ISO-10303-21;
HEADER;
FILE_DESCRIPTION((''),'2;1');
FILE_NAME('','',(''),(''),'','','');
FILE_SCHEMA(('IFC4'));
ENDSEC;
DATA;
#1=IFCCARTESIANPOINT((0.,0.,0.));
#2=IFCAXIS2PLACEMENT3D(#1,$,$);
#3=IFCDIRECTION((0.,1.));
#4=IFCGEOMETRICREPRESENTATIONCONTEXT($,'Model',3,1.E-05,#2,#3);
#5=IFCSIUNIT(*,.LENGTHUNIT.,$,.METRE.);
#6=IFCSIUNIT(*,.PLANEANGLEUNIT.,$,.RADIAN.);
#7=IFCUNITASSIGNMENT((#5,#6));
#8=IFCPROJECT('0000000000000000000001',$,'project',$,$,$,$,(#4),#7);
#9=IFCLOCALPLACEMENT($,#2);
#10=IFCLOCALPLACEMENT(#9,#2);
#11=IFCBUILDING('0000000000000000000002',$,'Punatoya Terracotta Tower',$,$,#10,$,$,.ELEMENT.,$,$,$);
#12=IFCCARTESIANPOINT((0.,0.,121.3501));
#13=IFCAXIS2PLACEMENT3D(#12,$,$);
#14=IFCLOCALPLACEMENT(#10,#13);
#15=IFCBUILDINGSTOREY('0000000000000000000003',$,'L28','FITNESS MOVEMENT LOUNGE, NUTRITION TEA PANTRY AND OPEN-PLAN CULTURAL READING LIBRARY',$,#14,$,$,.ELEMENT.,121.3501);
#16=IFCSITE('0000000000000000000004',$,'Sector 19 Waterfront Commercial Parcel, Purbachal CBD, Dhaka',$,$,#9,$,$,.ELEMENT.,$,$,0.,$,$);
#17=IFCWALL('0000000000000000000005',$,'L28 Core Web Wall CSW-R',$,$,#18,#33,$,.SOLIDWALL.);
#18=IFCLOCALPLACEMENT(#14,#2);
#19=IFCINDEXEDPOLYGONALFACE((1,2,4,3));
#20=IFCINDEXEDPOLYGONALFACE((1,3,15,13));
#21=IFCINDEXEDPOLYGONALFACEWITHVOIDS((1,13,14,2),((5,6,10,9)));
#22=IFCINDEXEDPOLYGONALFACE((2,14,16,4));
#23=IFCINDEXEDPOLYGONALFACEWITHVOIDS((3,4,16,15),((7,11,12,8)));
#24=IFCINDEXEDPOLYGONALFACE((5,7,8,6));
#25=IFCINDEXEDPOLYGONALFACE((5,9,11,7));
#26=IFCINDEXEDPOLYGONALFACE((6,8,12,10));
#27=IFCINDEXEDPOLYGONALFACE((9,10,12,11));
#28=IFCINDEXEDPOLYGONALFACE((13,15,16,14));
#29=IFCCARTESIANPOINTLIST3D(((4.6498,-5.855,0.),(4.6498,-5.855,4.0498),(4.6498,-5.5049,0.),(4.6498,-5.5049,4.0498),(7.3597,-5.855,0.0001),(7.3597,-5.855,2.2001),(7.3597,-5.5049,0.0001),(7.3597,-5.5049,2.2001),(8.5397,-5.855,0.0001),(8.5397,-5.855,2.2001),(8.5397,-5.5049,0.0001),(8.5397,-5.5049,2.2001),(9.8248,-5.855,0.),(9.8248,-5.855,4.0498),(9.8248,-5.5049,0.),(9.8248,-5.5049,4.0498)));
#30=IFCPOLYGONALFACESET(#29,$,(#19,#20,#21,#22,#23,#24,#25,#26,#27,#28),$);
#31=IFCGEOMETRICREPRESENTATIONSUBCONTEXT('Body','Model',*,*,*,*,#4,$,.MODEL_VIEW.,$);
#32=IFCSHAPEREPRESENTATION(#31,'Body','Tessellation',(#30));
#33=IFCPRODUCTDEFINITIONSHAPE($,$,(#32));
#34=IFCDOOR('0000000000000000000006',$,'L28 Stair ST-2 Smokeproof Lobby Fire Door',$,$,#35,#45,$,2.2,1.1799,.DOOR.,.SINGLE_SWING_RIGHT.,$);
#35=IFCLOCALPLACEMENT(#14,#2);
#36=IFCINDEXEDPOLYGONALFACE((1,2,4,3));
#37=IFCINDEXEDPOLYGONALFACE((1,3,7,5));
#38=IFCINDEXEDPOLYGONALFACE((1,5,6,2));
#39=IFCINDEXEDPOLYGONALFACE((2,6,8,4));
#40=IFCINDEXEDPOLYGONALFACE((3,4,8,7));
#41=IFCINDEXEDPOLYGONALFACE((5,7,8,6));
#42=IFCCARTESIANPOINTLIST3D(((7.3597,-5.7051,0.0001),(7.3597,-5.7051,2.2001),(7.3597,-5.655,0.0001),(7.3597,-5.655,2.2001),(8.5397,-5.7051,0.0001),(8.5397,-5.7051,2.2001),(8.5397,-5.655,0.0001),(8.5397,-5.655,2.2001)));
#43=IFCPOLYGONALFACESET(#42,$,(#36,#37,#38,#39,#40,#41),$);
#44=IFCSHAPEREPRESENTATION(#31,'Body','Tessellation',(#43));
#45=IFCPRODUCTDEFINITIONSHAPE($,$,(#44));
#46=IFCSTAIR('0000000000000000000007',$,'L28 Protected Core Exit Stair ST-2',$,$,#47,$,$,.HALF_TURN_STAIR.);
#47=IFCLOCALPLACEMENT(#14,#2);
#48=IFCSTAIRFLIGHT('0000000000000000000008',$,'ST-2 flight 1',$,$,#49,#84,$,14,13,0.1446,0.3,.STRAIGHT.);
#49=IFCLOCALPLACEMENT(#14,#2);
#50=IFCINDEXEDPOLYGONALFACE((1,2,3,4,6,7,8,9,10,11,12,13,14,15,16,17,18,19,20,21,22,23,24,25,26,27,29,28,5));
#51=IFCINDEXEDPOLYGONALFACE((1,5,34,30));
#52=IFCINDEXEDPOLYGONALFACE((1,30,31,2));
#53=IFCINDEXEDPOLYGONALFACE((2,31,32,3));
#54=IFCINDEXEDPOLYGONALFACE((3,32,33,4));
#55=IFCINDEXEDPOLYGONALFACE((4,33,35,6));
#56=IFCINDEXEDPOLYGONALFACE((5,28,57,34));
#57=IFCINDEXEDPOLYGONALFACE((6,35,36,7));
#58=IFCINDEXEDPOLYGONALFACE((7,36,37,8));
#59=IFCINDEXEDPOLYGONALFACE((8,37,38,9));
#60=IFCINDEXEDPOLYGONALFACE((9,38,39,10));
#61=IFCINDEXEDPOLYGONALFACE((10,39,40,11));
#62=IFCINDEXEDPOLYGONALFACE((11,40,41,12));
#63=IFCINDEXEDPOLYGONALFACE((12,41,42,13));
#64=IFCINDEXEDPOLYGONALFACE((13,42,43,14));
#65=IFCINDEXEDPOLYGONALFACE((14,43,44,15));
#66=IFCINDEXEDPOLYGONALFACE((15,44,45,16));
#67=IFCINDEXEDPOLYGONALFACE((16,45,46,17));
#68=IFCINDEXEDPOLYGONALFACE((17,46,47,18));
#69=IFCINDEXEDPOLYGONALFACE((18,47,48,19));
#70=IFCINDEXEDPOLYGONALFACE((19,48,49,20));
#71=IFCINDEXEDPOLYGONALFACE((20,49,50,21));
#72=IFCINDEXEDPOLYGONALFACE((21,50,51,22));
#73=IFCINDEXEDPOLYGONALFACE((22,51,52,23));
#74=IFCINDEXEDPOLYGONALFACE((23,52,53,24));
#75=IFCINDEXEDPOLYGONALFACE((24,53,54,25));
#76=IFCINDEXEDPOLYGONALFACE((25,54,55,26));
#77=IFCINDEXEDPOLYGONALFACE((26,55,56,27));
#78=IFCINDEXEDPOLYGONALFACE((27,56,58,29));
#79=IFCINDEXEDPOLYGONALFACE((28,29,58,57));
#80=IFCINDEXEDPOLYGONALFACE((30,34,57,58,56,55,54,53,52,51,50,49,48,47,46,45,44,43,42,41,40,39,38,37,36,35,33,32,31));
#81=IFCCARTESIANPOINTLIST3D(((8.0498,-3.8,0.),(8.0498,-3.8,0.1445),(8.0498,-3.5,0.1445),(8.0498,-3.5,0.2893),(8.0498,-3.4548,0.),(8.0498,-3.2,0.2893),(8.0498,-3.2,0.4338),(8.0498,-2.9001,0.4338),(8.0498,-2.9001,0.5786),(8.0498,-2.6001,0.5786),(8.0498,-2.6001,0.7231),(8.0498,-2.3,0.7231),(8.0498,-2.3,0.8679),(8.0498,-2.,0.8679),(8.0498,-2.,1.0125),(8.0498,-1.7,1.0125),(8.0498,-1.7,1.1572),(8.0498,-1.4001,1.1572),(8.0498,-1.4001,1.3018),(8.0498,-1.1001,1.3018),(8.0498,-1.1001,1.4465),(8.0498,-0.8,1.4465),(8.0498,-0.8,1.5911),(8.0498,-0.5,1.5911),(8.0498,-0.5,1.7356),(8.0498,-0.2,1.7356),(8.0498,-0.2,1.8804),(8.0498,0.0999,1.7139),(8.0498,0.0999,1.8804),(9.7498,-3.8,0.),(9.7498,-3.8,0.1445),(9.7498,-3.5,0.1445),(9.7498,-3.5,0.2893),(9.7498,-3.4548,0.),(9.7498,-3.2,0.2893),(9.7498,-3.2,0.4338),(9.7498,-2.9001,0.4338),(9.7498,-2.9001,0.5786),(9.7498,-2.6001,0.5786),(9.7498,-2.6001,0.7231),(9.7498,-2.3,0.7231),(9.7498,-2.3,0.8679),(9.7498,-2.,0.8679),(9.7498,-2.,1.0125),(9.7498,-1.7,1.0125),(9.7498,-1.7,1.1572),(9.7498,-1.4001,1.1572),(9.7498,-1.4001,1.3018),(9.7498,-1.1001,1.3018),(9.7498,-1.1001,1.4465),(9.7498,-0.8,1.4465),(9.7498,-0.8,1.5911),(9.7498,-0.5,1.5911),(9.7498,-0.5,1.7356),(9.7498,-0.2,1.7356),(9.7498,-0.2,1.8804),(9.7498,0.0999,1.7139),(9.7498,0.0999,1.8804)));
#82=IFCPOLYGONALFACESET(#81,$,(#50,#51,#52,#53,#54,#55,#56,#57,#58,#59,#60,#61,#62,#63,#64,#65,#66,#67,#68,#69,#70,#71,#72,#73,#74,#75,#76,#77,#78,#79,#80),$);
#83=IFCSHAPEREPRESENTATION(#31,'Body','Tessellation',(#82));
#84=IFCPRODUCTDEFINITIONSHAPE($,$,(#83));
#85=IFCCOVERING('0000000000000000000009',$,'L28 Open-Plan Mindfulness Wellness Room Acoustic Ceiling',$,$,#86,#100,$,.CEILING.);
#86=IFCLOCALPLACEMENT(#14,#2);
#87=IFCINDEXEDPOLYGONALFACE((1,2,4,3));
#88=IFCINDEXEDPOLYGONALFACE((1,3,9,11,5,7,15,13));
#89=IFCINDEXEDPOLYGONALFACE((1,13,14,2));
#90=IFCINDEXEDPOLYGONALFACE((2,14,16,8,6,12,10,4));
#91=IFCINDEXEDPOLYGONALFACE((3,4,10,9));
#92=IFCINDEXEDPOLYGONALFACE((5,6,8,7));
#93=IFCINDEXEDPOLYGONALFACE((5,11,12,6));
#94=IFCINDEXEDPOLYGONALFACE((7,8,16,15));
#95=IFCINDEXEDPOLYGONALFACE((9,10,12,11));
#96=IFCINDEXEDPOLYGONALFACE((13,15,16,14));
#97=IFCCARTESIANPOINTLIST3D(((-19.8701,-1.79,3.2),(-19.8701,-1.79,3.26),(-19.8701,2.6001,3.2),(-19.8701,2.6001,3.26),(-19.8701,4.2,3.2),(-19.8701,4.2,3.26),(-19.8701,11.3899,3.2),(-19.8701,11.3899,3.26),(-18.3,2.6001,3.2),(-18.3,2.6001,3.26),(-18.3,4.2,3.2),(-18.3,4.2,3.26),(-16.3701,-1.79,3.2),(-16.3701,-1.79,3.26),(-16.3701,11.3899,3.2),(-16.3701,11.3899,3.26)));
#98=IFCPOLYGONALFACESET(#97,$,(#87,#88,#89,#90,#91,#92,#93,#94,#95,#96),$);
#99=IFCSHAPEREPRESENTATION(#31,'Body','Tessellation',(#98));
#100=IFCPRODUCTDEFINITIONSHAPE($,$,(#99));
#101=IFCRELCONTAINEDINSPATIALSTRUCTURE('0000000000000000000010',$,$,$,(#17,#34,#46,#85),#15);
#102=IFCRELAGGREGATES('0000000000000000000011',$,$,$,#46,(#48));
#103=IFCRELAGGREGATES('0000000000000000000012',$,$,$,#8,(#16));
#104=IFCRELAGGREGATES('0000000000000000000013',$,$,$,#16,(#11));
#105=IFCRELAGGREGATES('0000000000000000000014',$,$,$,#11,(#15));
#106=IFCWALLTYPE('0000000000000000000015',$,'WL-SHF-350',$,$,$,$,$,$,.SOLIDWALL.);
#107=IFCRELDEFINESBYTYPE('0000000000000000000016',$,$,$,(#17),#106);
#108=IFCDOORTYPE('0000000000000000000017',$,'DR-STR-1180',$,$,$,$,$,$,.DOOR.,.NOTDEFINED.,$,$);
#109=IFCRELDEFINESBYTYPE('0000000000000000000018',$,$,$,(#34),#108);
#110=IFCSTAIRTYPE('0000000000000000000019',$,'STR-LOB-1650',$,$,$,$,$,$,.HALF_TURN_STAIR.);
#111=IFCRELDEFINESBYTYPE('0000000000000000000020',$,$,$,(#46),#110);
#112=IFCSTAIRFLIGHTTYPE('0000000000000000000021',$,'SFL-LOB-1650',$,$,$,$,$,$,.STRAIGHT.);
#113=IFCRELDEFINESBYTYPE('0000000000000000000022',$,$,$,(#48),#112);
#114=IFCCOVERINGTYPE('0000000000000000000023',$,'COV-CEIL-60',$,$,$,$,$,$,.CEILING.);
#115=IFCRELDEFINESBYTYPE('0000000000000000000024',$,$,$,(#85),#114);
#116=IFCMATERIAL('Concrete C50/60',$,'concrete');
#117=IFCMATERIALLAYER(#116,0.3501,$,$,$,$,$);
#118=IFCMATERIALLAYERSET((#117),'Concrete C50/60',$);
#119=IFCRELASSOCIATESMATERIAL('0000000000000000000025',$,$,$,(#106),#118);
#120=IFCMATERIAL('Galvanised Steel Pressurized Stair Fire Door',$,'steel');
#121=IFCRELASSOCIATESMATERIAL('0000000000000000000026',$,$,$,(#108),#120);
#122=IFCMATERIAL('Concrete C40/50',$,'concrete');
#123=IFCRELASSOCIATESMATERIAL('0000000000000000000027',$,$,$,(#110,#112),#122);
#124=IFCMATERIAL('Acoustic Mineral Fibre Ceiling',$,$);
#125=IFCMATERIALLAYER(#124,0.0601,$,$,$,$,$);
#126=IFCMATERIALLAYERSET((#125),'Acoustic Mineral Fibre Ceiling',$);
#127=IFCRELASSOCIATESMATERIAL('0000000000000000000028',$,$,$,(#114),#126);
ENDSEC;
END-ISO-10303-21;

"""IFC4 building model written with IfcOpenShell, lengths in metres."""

from ifc_helpers import new_model, si_unit, direction, frame, frame_2d, origin, place, context, subcontext, project, spatial, polyline, rectangle, outline, extrude, material, layer, layer_set, type_object, element, fill, aggregate, save


model = new_model("IFC4")

# Units and contexts
model_context = context("Model", 3, precision=1e-05, world=origin(), true_north=direction((0.0, 1.0)))
body_context = subcontext(model_context, "Body", "Model", "MODEL_VIEW")
ifc_project = project(units=[si_unit("LENGTHUNIT", "METRE"), si_unit("PLANEANGLEUNIT", "RADIAN")], contexts=[model_context])

# Site, building, storey
site_placement = place(None, origin())
site = spatial("IfcSite", under=ifc_project, at=site_placement, Name="Sector 19 Waterfront Commercial Parcel, Purbachal CBD, Dhaka", CompositionType="ELEMENT", RefElevation=0.0)
building_placement = place(site_placement, origin())
building = spatial("IfcBuilding", under=site, at=building_placement, Name="Punatoya Terracotta Tower", CompositionType="ELEMENT")
storey_placement = place(building_placement, frame((0.0, 0.0, 121.3501)))
storey = spatial("IfcBuildingStorey", under=building, at=storey_placement, Name="L28", Description="FITNESS MOVEMENT LOUNGE, NUTRITION TEA PANTRY AND OPEN-PLAN CULTURAL READING LIBRARY", CompositionType="ELEMENT", Elevation=121.3501)

# Shared definitions
ifc_material_1 = material(Name="Concrete C40/50", Category="concrete")

# Wall, opening, door
ifc_material_2 = material(Name="Concrete C50/60", Category="concrete")
ifc_layer_1 = layer(ifc_material_2, 0.3501)
ifc_layer_set_1 = layer_set([ifc_layer_1], Name="Concrete C50/60")
wall_type_1 = type_object("IfcWallType", Name="WL-SHF-350", PredefinedType="SOLIDWALL", material=ifc_layer_set_1)
wall_1_placement = place(storey_placement, frame((4.6499, -5.6799, 0.0), z_axis=(0.0, 0.0, 1.0), x_axis=(1.0, 0.0, 0.0)))
wall_1 = element("IfcWall", 1, at=wall_1_placement, inside=storey, type_object=wall_type_1, Name="L28 Core Web Wall CSW-R", PredefinedType="SOLIDWALL", context=body_context, shape_type="SweptSolid", body=[
    extrude(rectangle(XDim=5.175, YDim=0.3501, at=frame_2d((2.5874, 0.0))), origin(), (0.0, 0.0, 1.0), 4.0498),
])
opening_1_placement = place(wall_1_placement, frame((2.71, 0.0, 0.0)))
opening_1 = element("IfcOpeningElement", 2, at=opening_1_placement, cuts=wall_1, PredefinedType="OPENING", context=body_context, shape_type="SweptSolid", body=[
    extrude(rectangle(XDim=1.1799, YDim=2.2, at=frame_2d((0.5898, 1.1001))), frame((0.0, 0.1851, 0.0), z_axis=(0.0, -1.0, 0.0), x_axis=(1.0, 0.0, 0.0)), (0.0, 0.0, 1.0), 0.3701),
])
ifc_material_3 = material(Name="Galvanised Steel Pressurized Stair Fire Door", Category="steel")
door_type_1 = type_object("IfcDoorType", Name="DR-STR-1180", OperationType="NOTDEFINED", PredefinedType="DOOR", material=ifc_material_3)
door_1_placement = place(opening_1_placement, origin())
door_1 = element("IfcDoor", 3, at=door_1_placement, inside=storey, type_object=door_type_1, Name="L28 Stair ST-2 Smokeproof Lobby Fire Door", OperationType="SINGLE_SWING_RIGHT", OverallHeight=2.2, OverallWidth=1.1799, PredefinedType="DOOR", context=body_context, shape_type="SweptSolid", body=[
    extrude(rectangle(XDim=1.1799, YDim=2.2, at=frame_2d((0.5898, 1.1001))), frame((0.0, 0.0249, 0.0), z_axis=(0.0, -1.0, 0.0), x_axis=(1.0, 0.0, 0.0)), (0.0, 0.0, 1.0), 0.05),
])
fill(opening_1, door_1)

# Stair, stair flight
stair_type = type_object("IfcStairType", Name="STR-LOB-1650", PredefinedType="HALF_TURN_STAIR", material=ifc_material_1)
stair_placement = place(storey_placement, origin())
stair = element("IfcStair", 4, at=stair_placement, inside=storey, type_object=stair_type, Name="L28 Protected Core Exit Stair ST-2", PredefinedType="HALF_TURN_STAIR")
stair_flight_type = type_object("IfcStairFlightType", Name="SFL-LOB-1650", PredefinedType="STRAIGHT", material=ifc_material_1)
stair_flight_placement = place(storey_placement, frame((8.8999, -3.8, 0.0), z_axis=(0.0, 0.0, 1.0), x_axis=(0.0, 1.0, 0.0)))
stair_flight = element("IfcStairFlight", 5, at=stair_flight_placement, type_object=stair_flight_type, Name="ST-2 flight 1", NumberOfRisers=14, NumberOfTreads=13, PredefinedType="STRAIGHT", RiserHeight=0.1446, TreadLength=0.3, context=body_context, shape_type="SweptSolid", body=[
    extrude(outline(polyline([(0.0, 0.0), (0.0, 0.1445), (0.3, 0.1445), (0.3, 0.2893), (0.6001, 0.2893), (0.6001, 0.4338), (0.8999, 0.4338), (0.8999, 0.5786), (1.2, 0.5786), (1.2, 0.7231), (1.5, 0.7231), (1.5, 0.8679), (1.8, 0.8679), (1.8, 1.0125), (2.1001, 1.0125), (2.1001, 1.1572), (2.3999, 1.1572), (2.3999, 1.3018), (2.7, 1.3018), (2.7, 1.4465), (3.0, 1.4465), (3.0, 1.5911), (3.3, 1.5911), (3.3, 1.7356), (3.6001, 1.7356), (3.6001, 1.8804), (3.8999, 1.8804), (3.8999, 2.0249), (3.8999, 1.7139), (0.3452, 0.0), (0.0, 0.0)])), frame((0.0, 0.8501, 0.0), z_axis=(0.0, -1.0, 0.0), x_axis=(1.0, 0.0, 0.0)), (0.0, 0.0, 1.0), 1.7),
])
aggregate(stair, [stair_flight])

# Covering
ifc_material_4 = material(Name="Acoustic Mineral Fibre Ceiling")
ifc_layer_2 = layer(ifc_material_4, 0.0601)
ifc_layer_set_2 = layer_set([ifc_layer_2], Name="Acoustic Mineral Fibre Ceiling")
covering_type = type_object("IfcCoveringType", Name="COV-CEIL-60", PredefinedType="CEILING", material=ifc_layer_set_2)
covering_placement = place(storey_placement, frame((0.0, 0.0, 3.2)))
element("IfcCovering", 6, at=covering_placement, inside=storey, type_object=covering_type, Name="L28 Open-Plan Mindfulness Wellness Room Acoustic Ceiling", PredefinedType="CEILING", context=body_context, shape_type="SweptSolid", body=[
    extrude(outline(polyline([(-16.3701, -1.79), (-16.3701, 11.3899), (-19.8701, 11.3899), (-19.8701, 4.2), (-18.3, 4.2), (-18.3, 2.6001), (-19.8701, 2.6001), (-19.8701, -1.79), (-16.3701, -1.79)])), origin(), (0.0, 0.0, 1.0), 0.0601),
])

save(model, "model.ifc")
